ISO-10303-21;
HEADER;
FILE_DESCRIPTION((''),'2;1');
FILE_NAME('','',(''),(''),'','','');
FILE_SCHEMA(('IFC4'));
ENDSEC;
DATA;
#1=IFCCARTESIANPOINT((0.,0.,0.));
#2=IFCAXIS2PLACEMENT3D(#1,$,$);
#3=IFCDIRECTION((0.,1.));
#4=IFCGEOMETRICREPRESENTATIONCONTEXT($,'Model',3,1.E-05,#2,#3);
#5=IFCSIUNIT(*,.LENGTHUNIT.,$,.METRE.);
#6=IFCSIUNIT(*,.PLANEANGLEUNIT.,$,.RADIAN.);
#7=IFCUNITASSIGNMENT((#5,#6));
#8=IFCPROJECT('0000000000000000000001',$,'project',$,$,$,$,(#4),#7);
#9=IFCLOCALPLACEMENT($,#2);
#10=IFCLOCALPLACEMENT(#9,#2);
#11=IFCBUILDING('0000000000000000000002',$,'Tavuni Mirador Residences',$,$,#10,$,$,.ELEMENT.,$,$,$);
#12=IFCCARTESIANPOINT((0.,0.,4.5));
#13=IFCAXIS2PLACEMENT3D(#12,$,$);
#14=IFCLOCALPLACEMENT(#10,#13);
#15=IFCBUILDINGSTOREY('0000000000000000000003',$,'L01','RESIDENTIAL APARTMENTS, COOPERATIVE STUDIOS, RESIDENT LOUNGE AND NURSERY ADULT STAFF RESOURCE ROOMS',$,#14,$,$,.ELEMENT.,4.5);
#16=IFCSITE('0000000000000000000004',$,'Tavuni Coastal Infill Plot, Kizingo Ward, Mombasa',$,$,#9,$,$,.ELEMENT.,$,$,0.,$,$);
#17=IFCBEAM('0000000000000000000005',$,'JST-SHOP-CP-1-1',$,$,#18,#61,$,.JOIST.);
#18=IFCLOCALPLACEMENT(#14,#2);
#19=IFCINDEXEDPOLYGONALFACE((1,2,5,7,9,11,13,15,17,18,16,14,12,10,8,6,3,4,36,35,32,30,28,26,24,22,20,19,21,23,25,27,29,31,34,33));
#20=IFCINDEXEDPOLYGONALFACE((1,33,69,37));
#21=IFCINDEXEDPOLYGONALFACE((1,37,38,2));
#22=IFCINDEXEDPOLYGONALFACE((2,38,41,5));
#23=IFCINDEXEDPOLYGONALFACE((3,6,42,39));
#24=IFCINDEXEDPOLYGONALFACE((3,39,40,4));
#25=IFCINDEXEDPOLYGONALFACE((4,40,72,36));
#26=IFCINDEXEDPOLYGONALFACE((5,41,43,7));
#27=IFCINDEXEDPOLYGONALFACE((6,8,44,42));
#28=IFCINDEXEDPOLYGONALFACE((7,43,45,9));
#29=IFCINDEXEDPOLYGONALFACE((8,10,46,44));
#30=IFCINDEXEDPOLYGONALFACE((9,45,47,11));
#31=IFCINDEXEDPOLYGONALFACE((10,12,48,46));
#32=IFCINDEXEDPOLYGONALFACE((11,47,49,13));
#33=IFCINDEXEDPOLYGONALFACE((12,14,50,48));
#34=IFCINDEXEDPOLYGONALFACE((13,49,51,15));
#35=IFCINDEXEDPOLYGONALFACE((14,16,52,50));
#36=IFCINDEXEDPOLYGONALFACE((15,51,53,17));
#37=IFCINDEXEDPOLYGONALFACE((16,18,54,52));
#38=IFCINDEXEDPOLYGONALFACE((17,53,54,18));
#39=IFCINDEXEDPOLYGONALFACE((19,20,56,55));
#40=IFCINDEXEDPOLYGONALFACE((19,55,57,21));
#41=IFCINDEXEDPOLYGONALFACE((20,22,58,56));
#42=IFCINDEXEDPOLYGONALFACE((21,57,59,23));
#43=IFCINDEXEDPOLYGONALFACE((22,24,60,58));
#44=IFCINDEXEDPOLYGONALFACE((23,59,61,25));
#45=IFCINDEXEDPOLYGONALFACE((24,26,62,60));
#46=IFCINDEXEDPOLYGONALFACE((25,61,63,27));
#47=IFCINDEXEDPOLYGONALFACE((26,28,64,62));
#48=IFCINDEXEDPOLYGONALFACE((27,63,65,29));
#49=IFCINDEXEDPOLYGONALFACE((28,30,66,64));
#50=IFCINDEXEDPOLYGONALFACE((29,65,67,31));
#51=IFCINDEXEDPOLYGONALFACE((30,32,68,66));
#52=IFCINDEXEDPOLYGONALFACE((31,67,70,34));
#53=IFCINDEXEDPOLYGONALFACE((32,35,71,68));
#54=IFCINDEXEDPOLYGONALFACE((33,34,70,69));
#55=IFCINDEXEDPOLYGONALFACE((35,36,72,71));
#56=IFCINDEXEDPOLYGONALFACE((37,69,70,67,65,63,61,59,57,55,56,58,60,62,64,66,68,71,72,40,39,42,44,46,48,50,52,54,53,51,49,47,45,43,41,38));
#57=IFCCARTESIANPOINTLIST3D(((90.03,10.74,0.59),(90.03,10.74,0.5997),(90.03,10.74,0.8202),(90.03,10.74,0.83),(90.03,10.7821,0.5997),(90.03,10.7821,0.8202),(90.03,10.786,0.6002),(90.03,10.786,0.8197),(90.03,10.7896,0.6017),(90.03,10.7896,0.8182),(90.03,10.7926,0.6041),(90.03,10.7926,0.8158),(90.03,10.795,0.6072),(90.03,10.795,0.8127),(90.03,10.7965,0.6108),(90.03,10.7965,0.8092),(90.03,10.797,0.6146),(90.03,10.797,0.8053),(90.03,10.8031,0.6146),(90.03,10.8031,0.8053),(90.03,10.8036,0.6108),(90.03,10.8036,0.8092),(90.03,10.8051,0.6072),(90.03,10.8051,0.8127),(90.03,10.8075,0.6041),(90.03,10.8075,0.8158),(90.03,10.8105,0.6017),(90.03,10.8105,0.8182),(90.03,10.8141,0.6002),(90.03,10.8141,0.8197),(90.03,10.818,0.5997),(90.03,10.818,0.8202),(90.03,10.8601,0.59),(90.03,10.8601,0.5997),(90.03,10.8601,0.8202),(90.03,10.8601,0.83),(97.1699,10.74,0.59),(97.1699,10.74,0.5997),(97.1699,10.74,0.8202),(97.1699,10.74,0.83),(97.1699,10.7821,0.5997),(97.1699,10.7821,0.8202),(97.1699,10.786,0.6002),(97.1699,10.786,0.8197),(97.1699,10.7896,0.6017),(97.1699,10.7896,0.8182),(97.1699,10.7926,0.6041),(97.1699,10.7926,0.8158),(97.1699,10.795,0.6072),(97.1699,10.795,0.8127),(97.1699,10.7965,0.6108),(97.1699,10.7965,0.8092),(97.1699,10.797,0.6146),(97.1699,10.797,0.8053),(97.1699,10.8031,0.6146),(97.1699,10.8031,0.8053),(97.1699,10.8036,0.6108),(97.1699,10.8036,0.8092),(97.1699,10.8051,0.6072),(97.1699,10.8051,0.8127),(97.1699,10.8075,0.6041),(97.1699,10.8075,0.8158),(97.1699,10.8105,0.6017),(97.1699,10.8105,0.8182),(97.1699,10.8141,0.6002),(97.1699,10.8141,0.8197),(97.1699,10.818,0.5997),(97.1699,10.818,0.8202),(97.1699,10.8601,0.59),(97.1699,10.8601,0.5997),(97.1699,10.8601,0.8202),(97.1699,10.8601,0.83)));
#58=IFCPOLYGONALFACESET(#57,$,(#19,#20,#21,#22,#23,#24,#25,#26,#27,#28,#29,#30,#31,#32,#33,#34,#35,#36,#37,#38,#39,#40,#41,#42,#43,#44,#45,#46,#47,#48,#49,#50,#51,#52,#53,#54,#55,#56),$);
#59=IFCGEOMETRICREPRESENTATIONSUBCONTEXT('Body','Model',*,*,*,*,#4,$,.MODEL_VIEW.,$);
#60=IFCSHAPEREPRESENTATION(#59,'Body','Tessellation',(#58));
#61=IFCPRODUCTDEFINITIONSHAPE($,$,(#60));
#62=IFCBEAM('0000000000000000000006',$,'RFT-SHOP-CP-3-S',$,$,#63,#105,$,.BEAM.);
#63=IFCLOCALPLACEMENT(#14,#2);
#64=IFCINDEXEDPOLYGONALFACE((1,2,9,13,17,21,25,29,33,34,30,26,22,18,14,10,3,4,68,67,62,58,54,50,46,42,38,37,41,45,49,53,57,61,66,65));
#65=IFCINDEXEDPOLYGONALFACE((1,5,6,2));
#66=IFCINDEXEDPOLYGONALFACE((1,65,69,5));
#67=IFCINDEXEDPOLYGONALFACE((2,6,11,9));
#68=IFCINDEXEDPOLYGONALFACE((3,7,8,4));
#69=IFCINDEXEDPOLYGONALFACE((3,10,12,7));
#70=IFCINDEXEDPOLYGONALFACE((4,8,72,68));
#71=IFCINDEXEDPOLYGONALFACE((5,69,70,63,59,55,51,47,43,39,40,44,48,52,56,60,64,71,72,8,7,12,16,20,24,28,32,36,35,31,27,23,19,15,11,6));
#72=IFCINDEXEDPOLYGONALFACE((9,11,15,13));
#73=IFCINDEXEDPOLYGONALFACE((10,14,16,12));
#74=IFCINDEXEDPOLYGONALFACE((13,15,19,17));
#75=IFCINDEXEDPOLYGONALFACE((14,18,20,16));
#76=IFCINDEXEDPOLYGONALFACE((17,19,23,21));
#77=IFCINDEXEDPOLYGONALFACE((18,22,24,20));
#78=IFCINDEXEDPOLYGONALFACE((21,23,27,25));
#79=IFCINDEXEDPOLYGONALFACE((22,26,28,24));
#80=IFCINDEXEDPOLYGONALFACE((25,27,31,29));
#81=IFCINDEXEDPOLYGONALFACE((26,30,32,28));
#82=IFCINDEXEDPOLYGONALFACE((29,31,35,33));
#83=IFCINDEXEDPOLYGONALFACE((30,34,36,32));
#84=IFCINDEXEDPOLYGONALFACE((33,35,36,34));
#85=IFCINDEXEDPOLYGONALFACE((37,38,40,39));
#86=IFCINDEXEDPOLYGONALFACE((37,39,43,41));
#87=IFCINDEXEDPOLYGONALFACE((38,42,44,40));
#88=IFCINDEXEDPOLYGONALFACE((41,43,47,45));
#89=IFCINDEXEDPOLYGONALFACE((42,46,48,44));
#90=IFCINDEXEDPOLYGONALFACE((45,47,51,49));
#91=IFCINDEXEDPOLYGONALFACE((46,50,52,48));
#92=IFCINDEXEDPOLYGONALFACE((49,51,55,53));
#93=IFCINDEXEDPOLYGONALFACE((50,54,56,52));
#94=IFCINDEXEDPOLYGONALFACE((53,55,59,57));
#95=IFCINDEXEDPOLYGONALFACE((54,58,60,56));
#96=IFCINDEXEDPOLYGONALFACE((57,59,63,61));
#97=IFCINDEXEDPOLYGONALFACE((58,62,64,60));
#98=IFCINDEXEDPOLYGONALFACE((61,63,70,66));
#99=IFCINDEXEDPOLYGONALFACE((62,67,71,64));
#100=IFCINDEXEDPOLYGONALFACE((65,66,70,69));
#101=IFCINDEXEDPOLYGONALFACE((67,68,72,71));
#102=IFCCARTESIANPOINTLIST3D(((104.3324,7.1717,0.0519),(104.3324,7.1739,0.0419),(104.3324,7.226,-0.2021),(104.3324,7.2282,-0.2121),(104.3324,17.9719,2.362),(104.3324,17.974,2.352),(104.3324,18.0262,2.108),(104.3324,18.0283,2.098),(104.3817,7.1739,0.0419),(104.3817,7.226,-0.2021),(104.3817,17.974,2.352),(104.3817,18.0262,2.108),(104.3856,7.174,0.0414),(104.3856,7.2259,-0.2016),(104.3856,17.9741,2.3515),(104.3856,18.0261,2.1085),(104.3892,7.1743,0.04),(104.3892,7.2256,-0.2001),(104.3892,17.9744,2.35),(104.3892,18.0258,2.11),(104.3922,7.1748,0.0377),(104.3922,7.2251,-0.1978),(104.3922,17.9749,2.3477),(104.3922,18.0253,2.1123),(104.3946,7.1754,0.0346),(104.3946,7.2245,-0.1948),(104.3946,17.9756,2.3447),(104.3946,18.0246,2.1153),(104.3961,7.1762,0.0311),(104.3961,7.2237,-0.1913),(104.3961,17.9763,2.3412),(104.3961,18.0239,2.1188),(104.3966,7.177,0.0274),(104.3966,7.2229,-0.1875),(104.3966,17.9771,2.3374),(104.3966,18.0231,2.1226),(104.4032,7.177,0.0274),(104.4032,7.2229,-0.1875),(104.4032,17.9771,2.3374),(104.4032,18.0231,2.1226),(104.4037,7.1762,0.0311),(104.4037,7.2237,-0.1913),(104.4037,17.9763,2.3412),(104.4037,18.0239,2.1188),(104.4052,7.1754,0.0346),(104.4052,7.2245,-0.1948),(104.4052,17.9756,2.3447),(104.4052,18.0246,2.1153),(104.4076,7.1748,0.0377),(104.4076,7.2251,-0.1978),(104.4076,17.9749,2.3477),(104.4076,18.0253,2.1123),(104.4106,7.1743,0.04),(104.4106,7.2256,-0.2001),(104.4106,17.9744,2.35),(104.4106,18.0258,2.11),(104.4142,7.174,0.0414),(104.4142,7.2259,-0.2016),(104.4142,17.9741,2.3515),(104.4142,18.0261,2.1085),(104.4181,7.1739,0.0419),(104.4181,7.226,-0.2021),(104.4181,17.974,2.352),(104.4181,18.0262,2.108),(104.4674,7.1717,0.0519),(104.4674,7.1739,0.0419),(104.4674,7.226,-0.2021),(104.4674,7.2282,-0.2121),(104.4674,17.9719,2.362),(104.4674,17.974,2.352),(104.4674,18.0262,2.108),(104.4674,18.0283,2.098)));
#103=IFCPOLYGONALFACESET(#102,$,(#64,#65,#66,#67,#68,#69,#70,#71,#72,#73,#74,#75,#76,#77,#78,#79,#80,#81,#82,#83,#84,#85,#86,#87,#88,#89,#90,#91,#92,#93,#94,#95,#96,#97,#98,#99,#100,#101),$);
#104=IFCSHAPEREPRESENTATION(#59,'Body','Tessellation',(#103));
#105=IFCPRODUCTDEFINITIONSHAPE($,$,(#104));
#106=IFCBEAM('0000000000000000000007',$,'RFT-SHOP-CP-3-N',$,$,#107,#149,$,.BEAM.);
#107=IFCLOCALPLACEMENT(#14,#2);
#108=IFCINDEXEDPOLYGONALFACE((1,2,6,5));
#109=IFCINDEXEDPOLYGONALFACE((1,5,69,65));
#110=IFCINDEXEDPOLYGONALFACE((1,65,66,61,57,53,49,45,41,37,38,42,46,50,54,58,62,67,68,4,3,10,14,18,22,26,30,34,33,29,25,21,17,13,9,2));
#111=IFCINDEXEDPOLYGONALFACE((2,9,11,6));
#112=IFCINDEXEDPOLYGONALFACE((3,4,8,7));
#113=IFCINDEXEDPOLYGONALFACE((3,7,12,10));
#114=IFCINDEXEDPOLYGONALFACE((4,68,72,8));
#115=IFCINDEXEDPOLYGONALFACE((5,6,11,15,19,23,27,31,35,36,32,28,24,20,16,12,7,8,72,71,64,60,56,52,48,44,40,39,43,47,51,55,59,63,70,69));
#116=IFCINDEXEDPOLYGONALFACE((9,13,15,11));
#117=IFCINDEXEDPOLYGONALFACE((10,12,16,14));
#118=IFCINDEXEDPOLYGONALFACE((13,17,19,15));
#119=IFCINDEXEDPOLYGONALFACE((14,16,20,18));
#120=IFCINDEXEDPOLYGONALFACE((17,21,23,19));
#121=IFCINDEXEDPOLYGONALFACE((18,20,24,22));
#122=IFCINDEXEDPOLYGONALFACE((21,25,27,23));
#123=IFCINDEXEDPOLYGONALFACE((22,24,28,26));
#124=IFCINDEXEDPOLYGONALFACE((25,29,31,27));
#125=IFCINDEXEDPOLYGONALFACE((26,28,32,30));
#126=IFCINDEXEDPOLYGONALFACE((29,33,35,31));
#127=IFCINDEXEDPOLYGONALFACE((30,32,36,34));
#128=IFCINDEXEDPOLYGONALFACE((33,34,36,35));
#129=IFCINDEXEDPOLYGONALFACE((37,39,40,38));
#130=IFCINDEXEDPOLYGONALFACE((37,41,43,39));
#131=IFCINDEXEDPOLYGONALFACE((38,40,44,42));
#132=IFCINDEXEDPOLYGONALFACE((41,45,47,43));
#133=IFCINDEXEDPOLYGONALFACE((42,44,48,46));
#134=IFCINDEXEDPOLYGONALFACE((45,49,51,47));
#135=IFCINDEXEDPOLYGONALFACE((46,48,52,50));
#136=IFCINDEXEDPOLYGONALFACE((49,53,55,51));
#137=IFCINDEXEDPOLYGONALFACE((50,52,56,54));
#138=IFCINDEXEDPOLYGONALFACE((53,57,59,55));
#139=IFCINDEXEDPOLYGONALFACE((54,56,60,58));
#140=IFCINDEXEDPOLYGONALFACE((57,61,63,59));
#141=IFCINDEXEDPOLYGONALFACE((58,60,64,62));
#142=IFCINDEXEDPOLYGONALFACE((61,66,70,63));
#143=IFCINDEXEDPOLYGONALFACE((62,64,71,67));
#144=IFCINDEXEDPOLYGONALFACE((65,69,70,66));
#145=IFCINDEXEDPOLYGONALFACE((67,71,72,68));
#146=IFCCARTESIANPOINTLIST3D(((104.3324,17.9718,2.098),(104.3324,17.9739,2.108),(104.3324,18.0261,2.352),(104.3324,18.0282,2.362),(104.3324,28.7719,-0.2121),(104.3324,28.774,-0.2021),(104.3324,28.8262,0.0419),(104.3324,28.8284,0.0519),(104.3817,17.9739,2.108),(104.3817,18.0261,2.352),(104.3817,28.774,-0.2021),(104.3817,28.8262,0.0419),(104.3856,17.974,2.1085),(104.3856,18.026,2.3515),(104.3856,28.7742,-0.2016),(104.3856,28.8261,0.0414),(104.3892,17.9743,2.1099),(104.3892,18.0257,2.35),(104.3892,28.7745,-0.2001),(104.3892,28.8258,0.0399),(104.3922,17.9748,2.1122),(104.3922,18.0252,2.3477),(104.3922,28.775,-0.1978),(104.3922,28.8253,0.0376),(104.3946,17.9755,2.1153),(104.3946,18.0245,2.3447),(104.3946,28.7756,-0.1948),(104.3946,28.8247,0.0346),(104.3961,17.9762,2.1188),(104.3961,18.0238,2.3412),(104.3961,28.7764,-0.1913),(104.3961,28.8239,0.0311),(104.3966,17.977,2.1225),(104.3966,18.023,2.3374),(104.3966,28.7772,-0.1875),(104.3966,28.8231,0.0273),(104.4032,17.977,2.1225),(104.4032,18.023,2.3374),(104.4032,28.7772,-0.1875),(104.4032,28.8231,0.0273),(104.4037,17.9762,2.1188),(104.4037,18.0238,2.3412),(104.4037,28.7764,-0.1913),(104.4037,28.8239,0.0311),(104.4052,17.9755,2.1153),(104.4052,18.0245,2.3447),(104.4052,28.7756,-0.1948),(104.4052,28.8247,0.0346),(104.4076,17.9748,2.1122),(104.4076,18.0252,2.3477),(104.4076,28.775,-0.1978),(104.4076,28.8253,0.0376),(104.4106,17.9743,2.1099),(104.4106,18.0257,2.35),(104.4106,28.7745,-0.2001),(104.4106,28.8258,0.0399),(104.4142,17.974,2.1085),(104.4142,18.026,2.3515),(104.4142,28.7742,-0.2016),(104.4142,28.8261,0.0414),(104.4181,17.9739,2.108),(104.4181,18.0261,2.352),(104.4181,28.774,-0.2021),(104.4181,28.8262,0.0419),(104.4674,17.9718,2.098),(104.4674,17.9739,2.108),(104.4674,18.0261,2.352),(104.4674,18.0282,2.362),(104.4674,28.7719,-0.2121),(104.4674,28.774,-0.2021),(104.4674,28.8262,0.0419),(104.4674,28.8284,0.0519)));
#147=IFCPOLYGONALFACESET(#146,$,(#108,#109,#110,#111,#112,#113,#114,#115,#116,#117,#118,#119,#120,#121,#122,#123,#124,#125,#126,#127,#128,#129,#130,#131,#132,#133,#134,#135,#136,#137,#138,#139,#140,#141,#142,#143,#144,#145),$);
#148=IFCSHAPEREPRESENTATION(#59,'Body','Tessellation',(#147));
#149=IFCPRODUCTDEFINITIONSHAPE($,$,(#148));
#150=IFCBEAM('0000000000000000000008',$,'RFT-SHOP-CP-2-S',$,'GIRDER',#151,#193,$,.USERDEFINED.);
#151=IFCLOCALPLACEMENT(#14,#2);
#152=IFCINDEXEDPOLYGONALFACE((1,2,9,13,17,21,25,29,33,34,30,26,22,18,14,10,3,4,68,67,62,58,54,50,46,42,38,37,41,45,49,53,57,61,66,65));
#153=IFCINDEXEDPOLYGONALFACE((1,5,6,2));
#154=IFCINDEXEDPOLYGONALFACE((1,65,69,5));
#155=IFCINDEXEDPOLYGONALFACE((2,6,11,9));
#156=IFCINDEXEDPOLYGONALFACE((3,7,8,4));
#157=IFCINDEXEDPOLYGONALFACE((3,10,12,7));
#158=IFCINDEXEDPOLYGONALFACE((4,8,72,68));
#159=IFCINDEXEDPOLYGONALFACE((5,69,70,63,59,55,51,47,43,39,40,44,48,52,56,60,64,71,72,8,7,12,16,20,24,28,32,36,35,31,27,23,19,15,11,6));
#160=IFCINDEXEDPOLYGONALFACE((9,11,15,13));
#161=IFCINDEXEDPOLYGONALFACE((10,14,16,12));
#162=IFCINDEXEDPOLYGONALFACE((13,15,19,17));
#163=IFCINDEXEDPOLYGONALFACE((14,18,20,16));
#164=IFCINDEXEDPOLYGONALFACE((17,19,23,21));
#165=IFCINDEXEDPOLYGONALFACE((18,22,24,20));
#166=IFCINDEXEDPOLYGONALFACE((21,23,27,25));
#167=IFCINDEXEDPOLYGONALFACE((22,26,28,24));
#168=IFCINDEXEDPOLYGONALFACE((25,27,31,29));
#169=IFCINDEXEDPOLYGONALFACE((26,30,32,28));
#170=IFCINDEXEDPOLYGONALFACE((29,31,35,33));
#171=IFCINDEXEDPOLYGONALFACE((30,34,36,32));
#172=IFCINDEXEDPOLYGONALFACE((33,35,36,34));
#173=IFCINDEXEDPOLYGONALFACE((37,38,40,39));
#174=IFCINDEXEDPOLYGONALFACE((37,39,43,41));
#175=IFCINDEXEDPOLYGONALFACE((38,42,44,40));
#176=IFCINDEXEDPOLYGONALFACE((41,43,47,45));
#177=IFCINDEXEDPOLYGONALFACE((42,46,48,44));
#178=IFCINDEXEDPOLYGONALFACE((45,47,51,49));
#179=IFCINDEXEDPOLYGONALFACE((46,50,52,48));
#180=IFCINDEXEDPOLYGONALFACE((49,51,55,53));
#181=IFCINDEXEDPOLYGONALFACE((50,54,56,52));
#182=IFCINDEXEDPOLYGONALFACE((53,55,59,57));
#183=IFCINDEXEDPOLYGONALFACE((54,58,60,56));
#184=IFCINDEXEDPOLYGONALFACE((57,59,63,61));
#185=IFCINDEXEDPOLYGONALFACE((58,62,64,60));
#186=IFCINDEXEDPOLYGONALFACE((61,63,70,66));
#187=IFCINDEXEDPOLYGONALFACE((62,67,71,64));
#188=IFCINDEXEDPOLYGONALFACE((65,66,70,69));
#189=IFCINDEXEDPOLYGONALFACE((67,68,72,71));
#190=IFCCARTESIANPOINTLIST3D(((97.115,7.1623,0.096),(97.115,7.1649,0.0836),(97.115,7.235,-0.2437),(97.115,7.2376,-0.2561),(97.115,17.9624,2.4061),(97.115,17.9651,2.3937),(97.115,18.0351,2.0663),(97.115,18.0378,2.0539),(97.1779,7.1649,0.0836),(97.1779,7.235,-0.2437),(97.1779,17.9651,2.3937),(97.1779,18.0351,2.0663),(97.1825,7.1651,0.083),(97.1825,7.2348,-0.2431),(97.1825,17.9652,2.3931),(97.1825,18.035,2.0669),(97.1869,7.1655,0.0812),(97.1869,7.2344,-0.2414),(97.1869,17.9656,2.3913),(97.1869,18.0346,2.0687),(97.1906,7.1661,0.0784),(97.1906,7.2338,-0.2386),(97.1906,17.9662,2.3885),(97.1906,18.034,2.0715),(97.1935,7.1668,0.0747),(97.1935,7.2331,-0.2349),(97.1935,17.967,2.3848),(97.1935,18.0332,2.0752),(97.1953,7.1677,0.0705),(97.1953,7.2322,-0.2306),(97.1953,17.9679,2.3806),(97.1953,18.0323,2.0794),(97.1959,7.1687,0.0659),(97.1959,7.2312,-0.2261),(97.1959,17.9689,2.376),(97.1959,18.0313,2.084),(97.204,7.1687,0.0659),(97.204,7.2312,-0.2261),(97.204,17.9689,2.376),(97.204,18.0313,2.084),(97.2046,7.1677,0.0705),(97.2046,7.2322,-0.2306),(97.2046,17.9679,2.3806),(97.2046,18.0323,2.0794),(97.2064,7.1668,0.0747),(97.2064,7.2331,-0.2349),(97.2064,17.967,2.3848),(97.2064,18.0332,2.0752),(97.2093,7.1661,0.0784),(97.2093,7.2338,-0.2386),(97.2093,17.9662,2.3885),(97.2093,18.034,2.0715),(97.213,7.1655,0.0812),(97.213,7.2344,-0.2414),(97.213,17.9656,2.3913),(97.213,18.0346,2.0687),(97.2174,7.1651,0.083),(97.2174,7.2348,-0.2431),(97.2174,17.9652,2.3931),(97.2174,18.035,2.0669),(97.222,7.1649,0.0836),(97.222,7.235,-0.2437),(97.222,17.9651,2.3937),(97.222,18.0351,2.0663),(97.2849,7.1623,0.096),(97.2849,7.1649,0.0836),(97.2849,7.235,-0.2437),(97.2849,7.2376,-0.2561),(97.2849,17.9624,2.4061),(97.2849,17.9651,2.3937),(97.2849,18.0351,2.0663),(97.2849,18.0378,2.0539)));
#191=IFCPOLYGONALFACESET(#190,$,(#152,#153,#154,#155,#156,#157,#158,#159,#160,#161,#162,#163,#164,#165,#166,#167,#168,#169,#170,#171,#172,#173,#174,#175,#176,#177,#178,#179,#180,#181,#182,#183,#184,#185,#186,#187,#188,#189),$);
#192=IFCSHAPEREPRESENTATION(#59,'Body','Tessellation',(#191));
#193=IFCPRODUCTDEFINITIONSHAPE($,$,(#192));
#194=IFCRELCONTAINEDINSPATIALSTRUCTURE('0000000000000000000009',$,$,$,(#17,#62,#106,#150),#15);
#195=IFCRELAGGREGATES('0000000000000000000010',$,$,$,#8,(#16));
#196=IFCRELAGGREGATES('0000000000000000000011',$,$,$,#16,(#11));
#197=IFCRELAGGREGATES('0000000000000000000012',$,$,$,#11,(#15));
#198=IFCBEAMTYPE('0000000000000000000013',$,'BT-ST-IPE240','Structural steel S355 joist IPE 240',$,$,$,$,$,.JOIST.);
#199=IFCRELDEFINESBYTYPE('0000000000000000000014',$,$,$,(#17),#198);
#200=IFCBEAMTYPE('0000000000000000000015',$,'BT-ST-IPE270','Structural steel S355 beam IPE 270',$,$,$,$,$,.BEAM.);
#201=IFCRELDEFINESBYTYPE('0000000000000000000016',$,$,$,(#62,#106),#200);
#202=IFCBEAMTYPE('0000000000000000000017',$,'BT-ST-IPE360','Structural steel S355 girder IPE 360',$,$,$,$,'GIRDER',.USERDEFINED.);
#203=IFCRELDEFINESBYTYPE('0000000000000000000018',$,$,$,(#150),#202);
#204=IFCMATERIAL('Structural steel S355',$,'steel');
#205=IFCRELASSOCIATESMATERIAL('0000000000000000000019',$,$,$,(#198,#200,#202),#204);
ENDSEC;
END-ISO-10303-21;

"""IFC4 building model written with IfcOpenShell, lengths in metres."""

from ifc_helpers import new_model, si_unit, direction, frame, origin, origin_2d, place, context, subcontext, project, spatial, i_section, extrude, material, material_profile, profile_set, type_object, element, save


model = new_model("IFC4")

# Units and contexts
model_context = context("Model", 3, precision=1e-05, world=origin(), true_north=direction((0.0, 1.0)))
body_context = subcontext(model_context, "Body", "Model", "MODEL_VIEW")
ifc_project = project(units=[si_unit("LENGTHUNIT", "METRE"), si_unit("PLANEANGLEUNIT", "RADIAN")], contexts=[model_context])

# Site, building, storey
site_placement = place(None, origin())
site = spatial("IfcSite", under=ifc_project, at=site_placement, Name="Tavuni Coastal Infill Plot, Kizingo Ward, Mombasa", CompositionType="ELEMENT", RefElevation=0.0)
building_placement = place(site_placement, origin())
building = spatial("IfcBuilding", under=site, at=building_placement, Name="Tavuni Mirador Residences", CompositionType="ELEMENT")
storey_placement = place(building_placement, frame((0.0, 0.0, 4.5)))
storey = spatial("IfcBuildingStorey", under=building, at=storey_placement, Name="L01", Description="RESIDENTIAL APARTMENTS, COOPERATIVE STUDIOS, RESIDENT LOUNGE AND NURSERY ADULT STAFF RESOURCE ROOMS", CompositionType="ELEMENT", Elevation=4.5)

# Shared definitions
ifc_material_1 = material(Name="Structural steel S355", Category="steel")

# Beams
ifc_material_profile_1 = material_profile(ifc_material_1, i_section(OverallWidth=0.1201, OverallDepth=0.24, WebThickness=0.0061, FlangeThickness=0.0098, FilletRadius=0.0149, at=origin_2d()), Name="IPE 240", Category="steel")
ifc_profile_set_1 = profile_set([ifc_material_profile_1], Name="Structural steel S355")
beam_type_1 = type_object("IfcBeamType", Name="BT-ST-IPE240", Description="Structural steel S355 joist IPE 240", PredefinedType="JOIST", material=ifc_profile_set_1)
beam_1_placement = place(storey_placement, frame((90.03, 10.8, 0.71), z_axis=(1.0, 0.0, 0.0), x_axis=(0.0, 1.0, 0.0)))
element("IfcBeam", 1, at=beam_1_placement, inside=storey, type_object=beam_type_1, Name="JST-SHOP-CP-1-1", PredefinedType="JOIST", context=body_context, shape_type="SweptSolid", body=[
    extrude(i_section(OverallWidth=0.1201, OverallDepth=0.24, WebThickness=0.0061, FlangeThickness=0.0098, FilletRadius=0.0149, at=origin_2d()), origin(), (0.0, 0.0, 1.0), 7.1399),
])
ifc_material_profile_2 = material_profile(ifc_material_1, i_section(OverallWidth=0.135, OverallDepth=0.27, WebThickness=0.0066, FlangeThickness=0.0103, FilletRadius=0.0149, at=origin_2d()), Name="IPE 270", Category="steel")
ifc_profile_set_2 = profile_set([ifc_material_profile_2], Name="Structural steel S355")
beam_type_2 = type_object("IfcBeamType", Name="BT-ST-IPE270", Description="Structural steel S355 beam IPE 270", PredefinedType="BEAM", material=ifc_profile_set_2)
for number, where, z_axis, x_axis, name in (
    (2, (104.3999, 7.2, -0.0801), (0.0, 0.977881, 0.209162), (-1.0, 0.0, 0.0), "RFT-SHOP-CP-3-S"),
    (3, (104.3999, 18.0, 2.23), (0.0, 0.977881, -0.209162), (-1.0, 0.0, 0.0), "RFT-SHOP-CP-3-N"),
):
    element("IfcBeam", number, at=place(storey_placement, frame(where, z_axis=z_axis, x_axis=x_axis)), inside=storey, type_object=beam_type_2, Name=name, PredefinedType="BEAM", context=body_context, shape_type="SweptSolid", body=[
        extrude(i_section(OverallWidth=0.135, OverallDepth=0.27, WebThickness=0.0066, FlangeThickness=0.0103, FilletRadius=0.0149, at=origin_2d()), origin(), (0.0, 0.0, 1.0), 11.0444),
    ])
ifc_material_profile_3 = material_profile(ifc_material_1, i_section(OverallWidth=0.1699, OverallDepth=0.3601, WebThickness=0.0081, FlangeThickness=0.0127, FilletRadius=0.0181, at=origin_2d()), Name="IPE 360", Category="steel")
ifc_profile_set_3 = profile_set([ifc_material_profile_3], Name="Structural steel S355")
beam_type_3 = type_object("IfcBeamType", Name="BT-ST-IPE360", Description="Structural steel S355 girder IPE 360", ElementType="GIRDER", PredefinedType="USERDEFINED", material=ifc_profile_set_3)
for number, where, z_axis, x_axis, name in (
    (4, (97.2, 7.2, -0.0801), (0.0, 0.977881, 0.209162), (-1.0, 0.0, 0.0), "RFT-SHOP-CP-2-S"),
):
    element("IfcBeam", number, at=place(storey_placement, frame(where, z_axis=z_axis, x_axis=x_axis)), inside=storey, type_object=beam_type_3, Name=name, ObjectType="GIRDER", PredefinedType="USERDEFINED", context=body_context, shape_type="SweptSolid", body=[
        extrude(i_section(OverallWidth=0.1699, OverallDepth=0.3601, WebThickness=0.0081, FlangeThickness=0.0127, FilletRadius=0.0181, at=origin_2d()), origin(), (0.0, 0.0, 1.0), 11.0444),
    ])

save(model, "model.ifc")
